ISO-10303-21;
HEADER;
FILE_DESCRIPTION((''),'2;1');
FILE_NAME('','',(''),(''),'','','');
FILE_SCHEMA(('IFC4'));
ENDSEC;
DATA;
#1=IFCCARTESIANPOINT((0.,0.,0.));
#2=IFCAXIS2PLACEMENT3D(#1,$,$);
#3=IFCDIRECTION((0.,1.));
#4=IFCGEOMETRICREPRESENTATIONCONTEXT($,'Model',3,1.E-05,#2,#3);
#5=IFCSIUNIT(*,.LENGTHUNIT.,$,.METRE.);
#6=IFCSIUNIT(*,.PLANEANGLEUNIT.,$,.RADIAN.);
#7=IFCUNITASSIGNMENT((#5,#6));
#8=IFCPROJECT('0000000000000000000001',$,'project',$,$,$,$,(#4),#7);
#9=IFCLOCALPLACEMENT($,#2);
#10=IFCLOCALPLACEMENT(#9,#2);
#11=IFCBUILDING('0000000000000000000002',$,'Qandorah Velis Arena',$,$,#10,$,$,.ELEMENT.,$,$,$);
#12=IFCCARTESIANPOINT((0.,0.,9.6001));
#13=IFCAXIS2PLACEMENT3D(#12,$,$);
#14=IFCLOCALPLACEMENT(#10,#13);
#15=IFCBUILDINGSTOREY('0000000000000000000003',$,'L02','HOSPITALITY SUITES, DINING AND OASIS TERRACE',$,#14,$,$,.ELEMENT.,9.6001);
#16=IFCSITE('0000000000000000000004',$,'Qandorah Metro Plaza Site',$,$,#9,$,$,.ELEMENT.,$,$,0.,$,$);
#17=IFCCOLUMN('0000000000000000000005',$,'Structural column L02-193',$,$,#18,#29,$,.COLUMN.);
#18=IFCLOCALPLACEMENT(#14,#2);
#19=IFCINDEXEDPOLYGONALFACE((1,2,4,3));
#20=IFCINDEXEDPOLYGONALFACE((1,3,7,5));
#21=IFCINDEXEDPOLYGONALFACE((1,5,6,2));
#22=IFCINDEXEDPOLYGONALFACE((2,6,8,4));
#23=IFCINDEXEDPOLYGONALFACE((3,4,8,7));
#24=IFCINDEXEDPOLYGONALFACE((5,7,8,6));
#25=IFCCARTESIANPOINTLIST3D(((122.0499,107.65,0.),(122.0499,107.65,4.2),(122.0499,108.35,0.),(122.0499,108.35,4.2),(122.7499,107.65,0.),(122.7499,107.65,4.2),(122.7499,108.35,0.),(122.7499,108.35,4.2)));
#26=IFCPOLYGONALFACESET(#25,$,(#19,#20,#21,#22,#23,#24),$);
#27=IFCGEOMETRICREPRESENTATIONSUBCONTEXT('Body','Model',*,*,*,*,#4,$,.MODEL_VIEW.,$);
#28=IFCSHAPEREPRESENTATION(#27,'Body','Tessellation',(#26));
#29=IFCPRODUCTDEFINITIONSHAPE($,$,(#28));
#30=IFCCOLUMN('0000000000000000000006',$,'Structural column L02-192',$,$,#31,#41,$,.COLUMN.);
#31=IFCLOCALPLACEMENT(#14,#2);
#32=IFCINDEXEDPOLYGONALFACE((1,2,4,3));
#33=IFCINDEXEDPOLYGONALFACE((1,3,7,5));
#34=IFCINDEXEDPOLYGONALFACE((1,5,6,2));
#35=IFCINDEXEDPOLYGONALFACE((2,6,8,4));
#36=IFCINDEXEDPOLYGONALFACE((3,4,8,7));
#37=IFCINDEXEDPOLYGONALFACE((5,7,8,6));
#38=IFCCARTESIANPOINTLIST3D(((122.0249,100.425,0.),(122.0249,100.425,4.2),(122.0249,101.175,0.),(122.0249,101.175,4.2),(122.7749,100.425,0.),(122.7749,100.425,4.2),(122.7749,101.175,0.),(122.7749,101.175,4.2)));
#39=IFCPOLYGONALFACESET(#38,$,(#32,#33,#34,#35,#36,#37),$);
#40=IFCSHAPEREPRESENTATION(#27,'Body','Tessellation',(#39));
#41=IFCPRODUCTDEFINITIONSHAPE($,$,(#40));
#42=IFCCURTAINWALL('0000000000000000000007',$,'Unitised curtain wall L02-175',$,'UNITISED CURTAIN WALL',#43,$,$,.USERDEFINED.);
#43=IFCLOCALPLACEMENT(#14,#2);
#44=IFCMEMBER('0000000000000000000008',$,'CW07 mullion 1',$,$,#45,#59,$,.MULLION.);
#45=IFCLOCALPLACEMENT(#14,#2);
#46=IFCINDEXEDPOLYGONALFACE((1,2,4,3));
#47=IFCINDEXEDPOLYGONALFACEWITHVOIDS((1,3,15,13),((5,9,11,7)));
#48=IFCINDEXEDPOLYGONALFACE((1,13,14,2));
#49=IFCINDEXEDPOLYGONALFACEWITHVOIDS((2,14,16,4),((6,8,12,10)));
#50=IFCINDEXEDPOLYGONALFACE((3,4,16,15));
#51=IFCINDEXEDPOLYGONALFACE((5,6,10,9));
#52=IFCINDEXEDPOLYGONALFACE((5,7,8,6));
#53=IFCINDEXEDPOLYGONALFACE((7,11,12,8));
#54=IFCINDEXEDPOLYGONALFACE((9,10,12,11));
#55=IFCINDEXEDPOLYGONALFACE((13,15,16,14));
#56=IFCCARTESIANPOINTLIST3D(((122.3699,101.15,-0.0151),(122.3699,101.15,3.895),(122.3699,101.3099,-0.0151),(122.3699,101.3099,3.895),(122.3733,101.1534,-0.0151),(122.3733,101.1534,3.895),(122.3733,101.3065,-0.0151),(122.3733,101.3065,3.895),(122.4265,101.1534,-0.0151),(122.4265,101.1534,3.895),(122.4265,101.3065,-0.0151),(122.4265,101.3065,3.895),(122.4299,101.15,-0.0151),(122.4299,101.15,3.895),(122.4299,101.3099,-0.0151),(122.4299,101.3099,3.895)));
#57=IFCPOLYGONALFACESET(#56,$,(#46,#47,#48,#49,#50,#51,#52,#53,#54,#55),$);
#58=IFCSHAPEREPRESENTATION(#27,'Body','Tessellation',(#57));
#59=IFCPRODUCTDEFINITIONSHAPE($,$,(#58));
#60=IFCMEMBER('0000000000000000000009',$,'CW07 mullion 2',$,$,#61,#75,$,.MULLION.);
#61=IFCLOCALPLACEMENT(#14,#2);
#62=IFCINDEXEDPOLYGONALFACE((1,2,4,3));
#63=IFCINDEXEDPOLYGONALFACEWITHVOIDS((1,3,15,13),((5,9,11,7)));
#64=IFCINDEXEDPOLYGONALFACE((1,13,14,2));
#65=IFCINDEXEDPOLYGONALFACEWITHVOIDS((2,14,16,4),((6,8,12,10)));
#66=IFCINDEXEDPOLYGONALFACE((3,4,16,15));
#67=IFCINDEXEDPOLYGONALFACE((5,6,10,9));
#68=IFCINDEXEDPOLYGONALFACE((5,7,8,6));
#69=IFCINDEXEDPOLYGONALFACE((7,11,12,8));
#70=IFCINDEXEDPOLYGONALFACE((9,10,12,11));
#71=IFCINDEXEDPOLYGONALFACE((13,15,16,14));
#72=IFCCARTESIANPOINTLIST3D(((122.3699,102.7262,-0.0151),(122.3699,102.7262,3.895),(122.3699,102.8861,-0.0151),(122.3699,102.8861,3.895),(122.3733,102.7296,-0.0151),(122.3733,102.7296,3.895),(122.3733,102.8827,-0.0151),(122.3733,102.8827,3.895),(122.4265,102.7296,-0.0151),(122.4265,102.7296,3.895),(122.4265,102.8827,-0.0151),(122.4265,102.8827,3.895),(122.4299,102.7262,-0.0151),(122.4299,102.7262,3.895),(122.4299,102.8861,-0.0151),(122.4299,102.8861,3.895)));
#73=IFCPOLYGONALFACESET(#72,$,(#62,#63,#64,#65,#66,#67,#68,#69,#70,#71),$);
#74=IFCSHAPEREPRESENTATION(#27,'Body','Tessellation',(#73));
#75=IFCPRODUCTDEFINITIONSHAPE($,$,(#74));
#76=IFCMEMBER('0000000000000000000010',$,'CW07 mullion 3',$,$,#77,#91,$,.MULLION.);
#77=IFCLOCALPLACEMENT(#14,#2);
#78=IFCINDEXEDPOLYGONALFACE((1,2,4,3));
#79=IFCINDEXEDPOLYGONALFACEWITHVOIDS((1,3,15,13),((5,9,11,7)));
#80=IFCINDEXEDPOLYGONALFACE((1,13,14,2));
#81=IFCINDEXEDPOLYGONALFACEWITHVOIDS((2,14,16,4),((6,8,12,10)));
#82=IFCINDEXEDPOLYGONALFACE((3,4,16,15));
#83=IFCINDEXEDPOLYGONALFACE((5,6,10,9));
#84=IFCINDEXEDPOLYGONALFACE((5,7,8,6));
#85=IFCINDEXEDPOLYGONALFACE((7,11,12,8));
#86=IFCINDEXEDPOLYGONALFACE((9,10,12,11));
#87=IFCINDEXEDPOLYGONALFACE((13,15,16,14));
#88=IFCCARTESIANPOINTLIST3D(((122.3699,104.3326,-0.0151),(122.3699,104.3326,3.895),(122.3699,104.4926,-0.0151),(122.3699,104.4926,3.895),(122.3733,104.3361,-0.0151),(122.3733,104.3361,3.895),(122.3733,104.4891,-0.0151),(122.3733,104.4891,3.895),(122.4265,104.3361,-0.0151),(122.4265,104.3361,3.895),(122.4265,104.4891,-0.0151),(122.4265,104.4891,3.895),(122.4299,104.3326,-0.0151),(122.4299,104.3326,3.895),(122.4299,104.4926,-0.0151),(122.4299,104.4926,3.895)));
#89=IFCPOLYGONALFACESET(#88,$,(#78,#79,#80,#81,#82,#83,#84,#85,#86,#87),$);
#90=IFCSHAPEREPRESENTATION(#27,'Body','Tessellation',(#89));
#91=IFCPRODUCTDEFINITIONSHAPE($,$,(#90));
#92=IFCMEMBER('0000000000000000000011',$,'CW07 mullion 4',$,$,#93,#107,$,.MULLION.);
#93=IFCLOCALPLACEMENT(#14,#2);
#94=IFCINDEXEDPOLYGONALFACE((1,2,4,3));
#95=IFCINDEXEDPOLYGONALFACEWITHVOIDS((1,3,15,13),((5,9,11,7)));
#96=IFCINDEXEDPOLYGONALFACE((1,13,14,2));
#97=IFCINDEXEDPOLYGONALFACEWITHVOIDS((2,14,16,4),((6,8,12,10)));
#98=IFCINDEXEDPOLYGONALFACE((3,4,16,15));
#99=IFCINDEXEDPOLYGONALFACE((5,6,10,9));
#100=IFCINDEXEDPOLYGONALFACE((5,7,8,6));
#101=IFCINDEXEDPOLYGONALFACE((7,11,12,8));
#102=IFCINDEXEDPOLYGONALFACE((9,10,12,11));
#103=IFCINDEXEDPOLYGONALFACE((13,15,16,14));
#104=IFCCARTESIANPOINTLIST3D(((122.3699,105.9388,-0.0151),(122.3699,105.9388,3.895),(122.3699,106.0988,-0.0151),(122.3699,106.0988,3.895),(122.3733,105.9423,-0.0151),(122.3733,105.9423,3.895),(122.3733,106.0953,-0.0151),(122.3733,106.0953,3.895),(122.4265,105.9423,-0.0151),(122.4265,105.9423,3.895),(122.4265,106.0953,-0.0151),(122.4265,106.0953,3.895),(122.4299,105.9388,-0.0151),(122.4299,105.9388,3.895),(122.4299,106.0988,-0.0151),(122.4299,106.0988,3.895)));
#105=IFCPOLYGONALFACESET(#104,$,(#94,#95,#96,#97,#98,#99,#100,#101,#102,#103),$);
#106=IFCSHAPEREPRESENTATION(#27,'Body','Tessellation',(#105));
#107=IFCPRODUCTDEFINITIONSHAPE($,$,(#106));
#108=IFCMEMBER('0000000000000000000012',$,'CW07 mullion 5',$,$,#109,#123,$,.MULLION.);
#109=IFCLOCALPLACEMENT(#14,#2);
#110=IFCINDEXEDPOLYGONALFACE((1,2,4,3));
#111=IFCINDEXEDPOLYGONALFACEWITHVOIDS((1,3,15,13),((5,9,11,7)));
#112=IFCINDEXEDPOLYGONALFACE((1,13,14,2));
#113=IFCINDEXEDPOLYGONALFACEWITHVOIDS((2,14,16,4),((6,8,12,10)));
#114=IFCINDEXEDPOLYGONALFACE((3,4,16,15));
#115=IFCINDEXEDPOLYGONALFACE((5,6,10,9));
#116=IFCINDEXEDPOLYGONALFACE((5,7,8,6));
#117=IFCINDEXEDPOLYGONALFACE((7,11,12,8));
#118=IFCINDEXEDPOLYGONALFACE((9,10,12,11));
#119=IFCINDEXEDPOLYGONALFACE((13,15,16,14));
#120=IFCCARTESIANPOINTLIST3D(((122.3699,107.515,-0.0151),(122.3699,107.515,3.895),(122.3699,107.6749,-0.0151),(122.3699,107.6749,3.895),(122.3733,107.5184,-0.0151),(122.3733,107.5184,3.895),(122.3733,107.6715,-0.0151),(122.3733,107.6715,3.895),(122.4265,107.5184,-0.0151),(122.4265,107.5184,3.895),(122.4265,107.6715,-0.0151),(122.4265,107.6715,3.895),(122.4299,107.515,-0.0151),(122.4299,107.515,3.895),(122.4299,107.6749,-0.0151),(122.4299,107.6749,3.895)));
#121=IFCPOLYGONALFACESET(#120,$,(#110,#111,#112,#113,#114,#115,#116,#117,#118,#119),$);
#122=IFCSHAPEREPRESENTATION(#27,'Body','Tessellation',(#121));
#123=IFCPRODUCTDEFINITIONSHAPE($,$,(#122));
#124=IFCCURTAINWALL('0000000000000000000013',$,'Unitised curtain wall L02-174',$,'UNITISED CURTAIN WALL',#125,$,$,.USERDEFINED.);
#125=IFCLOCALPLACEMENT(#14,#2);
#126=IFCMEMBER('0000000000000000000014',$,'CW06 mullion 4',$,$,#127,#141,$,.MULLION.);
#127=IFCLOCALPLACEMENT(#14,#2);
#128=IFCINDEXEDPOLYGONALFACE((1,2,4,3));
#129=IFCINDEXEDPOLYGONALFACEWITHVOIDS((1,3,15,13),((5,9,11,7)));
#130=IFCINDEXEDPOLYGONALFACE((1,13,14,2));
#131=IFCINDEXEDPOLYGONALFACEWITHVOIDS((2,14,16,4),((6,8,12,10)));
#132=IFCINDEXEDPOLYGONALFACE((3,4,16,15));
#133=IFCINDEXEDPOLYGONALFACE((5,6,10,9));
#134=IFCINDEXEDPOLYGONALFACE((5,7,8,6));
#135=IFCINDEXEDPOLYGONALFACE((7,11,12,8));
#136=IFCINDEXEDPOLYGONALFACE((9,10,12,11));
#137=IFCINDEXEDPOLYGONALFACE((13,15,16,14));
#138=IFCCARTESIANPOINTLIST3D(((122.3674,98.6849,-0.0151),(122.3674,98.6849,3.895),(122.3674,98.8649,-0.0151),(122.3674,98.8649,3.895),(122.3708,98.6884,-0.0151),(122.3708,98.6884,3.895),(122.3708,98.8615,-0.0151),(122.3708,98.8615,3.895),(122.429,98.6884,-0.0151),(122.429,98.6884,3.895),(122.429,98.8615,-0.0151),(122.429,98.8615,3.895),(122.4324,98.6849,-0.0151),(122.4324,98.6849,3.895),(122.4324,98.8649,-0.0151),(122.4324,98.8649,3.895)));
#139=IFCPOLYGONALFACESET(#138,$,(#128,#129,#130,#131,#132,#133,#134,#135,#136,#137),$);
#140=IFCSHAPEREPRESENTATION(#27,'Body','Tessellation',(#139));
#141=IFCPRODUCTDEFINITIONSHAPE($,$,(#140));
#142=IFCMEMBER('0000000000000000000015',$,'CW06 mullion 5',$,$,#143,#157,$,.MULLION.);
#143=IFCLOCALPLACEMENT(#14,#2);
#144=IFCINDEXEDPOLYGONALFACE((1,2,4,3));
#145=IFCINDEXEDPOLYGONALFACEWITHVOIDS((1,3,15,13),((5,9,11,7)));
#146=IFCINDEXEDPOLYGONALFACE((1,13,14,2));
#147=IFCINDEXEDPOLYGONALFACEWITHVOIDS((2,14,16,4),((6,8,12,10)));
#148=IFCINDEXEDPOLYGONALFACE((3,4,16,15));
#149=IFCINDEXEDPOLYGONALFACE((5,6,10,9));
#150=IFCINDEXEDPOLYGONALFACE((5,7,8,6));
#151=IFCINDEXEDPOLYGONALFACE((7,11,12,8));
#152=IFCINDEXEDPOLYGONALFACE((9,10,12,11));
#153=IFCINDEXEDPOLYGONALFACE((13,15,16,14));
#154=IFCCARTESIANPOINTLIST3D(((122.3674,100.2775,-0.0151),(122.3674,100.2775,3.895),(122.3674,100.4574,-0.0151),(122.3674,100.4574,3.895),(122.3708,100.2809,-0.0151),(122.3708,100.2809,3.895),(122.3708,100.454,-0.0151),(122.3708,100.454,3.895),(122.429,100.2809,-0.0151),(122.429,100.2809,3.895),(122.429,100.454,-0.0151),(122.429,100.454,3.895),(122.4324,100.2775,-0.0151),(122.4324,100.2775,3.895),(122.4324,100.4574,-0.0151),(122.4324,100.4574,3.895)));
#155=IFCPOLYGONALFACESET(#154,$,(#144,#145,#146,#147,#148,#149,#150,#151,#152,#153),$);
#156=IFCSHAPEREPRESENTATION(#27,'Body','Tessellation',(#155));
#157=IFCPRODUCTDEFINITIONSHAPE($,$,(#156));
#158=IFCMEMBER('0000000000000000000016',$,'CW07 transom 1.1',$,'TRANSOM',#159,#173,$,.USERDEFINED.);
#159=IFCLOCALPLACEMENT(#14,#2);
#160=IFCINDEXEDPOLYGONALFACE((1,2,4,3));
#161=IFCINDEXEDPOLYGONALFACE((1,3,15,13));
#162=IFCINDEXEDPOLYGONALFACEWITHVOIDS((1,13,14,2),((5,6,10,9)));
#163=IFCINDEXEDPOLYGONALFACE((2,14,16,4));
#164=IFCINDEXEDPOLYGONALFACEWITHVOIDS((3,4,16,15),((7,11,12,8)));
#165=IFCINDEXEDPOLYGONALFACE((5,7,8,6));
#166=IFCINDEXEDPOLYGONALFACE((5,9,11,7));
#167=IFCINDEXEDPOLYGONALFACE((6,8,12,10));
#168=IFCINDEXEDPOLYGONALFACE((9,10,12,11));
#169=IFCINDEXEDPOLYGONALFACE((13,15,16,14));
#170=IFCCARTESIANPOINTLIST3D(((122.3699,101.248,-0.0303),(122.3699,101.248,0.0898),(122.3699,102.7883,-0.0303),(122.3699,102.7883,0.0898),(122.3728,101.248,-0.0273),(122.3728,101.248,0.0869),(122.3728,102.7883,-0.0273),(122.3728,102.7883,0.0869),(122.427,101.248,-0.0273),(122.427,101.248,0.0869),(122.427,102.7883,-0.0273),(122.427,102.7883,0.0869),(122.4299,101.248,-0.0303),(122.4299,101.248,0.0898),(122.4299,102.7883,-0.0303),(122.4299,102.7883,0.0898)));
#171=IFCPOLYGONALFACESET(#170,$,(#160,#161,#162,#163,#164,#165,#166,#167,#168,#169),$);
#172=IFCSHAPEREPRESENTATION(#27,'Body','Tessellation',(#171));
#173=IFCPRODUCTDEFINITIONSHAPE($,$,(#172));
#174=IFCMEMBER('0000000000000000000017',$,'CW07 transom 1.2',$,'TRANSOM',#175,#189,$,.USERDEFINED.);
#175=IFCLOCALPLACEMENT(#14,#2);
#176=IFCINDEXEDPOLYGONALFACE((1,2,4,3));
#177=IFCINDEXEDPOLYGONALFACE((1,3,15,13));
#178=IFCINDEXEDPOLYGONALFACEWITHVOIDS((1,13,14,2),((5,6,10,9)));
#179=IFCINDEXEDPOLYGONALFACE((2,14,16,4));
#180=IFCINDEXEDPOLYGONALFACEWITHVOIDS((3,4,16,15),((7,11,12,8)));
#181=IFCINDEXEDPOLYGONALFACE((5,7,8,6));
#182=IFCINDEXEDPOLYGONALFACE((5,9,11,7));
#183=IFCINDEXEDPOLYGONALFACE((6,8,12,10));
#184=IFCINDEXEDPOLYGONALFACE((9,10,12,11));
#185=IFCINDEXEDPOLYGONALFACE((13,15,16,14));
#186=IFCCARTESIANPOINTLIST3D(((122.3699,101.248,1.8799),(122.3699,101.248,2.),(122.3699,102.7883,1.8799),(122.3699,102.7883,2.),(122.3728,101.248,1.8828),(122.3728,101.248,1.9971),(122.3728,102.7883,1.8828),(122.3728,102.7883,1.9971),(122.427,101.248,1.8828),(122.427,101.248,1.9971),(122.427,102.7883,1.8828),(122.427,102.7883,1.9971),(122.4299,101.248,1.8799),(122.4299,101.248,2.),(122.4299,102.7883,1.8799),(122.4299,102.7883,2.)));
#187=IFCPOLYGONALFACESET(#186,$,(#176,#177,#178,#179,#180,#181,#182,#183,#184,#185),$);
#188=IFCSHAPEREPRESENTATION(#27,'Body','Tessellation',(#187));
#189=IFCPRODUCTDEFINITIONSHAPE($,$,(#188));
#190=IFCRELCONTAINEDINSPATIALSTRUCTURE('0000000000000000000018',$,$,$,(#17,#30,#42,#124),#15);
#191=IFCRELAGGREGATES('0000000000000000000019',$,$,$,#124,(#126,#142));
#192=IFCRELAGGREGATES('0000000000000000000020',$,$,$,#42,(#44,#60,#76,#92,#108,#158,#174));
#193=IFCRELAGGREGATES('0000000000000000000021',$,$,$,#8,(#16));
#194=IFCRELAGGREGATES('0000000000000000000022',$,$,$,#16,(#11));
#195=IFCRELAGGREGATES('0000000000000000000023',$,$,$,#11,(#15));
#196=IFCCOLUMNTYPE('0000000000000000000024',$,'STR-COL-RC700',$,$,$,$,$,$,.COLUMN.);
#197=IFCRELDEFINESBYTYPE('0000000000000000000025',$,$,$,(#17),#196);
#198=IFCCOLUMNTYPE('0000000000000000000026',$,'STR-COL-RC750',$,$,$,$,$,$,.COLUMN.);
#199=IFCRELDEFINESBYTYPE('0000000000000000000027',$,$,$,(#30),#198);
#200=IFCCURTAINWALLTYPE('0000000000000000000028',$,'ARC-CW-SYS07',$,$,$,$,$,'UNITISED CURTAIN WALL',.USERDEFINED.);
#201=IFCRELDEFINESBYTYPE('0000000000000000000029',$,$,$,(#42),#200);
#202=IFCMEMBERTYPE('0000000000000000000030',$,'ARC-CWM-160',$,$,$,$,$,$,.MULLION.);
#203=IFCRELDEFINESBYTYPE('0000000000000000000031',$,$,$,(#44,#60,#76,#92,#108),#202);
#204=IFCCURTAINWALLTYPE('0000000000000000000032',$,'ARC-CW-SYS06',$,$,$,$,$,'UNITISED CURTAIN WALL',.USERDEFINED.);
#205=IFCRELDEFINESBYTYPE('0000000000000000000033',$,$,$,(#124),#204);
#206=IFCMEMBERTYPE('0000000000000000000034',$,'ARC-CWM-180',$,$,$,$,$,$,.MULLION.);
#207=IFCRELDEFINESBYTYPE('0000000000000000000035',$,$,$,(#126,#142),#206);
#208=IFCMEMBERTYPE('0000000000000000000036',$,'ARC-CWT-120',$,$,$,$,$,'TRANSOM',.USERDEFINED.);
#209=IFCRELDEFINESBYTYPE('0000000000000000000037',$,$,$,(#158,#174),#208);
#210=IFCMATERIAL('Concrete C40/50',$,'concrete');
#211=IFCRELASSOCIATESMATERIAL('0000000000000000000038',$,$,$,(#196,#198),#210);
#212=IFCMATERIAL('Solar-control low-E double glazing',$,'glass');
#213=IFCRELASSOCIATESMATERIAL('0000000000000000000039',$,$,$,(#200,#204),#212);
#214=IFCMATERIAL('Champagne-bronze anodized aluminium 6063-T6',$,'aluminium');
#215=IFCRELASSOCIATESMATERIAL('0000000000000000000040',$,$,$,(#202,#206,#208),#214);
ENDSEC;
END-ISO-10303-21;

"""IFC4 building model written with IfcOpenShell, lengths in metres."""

from ifc_helpers import new_model, si_unit, direction, frame, origin, origin_2d, place, context, subcontext, project, spatial, rectangle, hollow_rectangle, extrude, material, material_profile, profile_set, type_object, element, aggregate, save


model = new_model("IFC4")

# Units and contexts
model_context = context("Model", 3, precision=1e-05, world=origin(), true_north=direction((0.0, 1.0)))
body_context = subcontext(model_context, "Body", "Model", "MODEL_VIEW")
ifc_project = project(units=[si_unit("LENGTHUNIT", "METRE"), si_unit("PLANEANGLEUNIT", "RADIAN")], contexts=[model_context])

# Site, building, storey
site_placement = place(None, origin())
site = spatial("IfcSite", under=ifc_project, at=site_placement, Name="Qandorah Metro Plaza Site", CompositionType="ELEMENT", RefElevation=0.0)
building_placement = place(site_placement, origin())
building = spatial("IfcBuilding", under=site, at=building_placement, Name="Qandorah Velis Arena", CompositionType="ELEMENT")
storey_placement = place(building_placement, frame((0.0, 0.0, 9.6001)))
storey = spatial("IfcBuildingStorey", under=building, at=storey_placement, Name="L02", Description="HOSPITALITY SUITES, DINING AND OASIS TERRACE", CompositionType="ELEMENT", Elevation=9.6001)

# Columns
ifc_material_1 = material(Name="Concrete C40/50", Category="concrete")
ifc_material_profile_1 = material_profile(ifc_material_1, rectangle(XDim=0.7, YDim=0.7, at=origin_2d()), Name="RC COL 700x700")
ifc_profile_set_1 = profile_set([ifc_material_profile_1], Name="Concrete C40/50")
column_type_1 = type_object("IfcColumnType", Name="STR-COL-RC700", PredefinedType="COLUMN", material=ifc_profile_set_1)
column_1_placement = place(storey_placement, frame((122.3999, 108.0, 0.0), z_axis=(0.0, 0.0, 1.0), x_axis=(1.0, 0.0, 0.0)))
element("IfcColumn", 1, at=column_1_placement, inside=storey, type_object=column_type_1, Name="Structural column L02-193", PredefinedType="COLUMN", context=body_context, shape_type="SweptSolid", body=[
    extrude(rectangle(XDim=0.7, YDim=0.7, at=origin_2d()), origin(), (0.0, 0.0, 1.0), 4.2),
])
ifc_material_profile_2 = material_profile(ifc_material_1, rectangle(XDim=0.75, YDim=0.75, at=origin_2d()), Name="RC COL 750x750")
ifc_profile_set_2 = profile_set([ifc_material_profile_2], Name="Concrete C40/50")
column_type_2 = type_object("IfcColumnType", Name="STR-COL-RC750", PredefinedType="COLUMN", material=ifc_profile_set_2)
column_2_placement = place(storey_placement, frame((122.3999, 100.8, 0.0), z_axis=(0.0, 0.0, 1.0), x_axis=(1.0, 0.0, 0.0)))
element("IfcColumn", 2, at=column_2_placement, inside=storey, type_object=column_type_2, Name="Structural column L02-192", PredefinedType="COLUMN", context=body_context, shape_type="SweptSolid", body=[
    extrude(rectangle(XDim=0.75, YDim=0.75, at=origin_2d()), origin(), (0.0, 0.0, 1.0), 4.2),
])

# Curtain walls, members
ifc_material_2 = material(Name="Solar-control low-E double glazing", Category="glass")
curtain_wall_type_1 = type_object("IfcCurtainWallType", Name="ARC-CW-SYS07", ElementType="UNITISED CURTAIN WALL", PredefinedType="USERDEFINED", material=ifc_material_2)
curtain_wall_1_placement = place(storey_placement, origin())
curtain_wall_1 = element("IfcCurtainWall", 3, at=curtain_wall_1_placement, inside=storey, type_object=curtain_wall_type_1, Name="Unitised curtain wall L02-175", ObjectType="UNITISED CURTAIN WALL", PredefinedType="USERDEFINED")
ifc_material_3 = material(Name="Champagne-bronze anodized aluminium 6063-T6", Category="aluminium")
ifc_material_profile_3 = material_profile(ifc_material_3, hollow_rectangle(XDim=0.0601, YDim=0.1599, WallThickness=0.0034, at=origin_2d()), Name="ALU MULLION 60x160")
ifc_profile_set_3 = profile_set([ifc_material_profile_3], Name="Champagne-bronze anodized aluminium 6063-T6")
member_type_1 = type_object("IfcMemberType", Name="ARC-CWM-160", PredefinedType="MULLION", material=ifc_profile_set_3)
member_1_placement = place(storey_placement, frame((122.3999, 101.23, -0.0151), z_axis=(0.0, 0.0, 1.0), x_axis=(-1.0, 0.0, 0.0)))
member_1 = element("IfcMember", 4, at=member_1_placement, type_object=member_type_1, Name="CW07 mullion 1", PredefinedType="MULLION", context=body_context, shape_type="SweptSolid", body=[
    extrude(hollow_rectangle(XDim=0.0601, YDim=0.1599, WallThickness=0.0034, at=origin_2d()), origin(), (0.0, 0.0, 1.0), 3.9102),
])
member_2_placement = place(storey_placement, frame((122.3999, 102.8062, -0.0151), z_axis=(0.0, 0.0, 1.0), x_axis=(-1.0, 0.0, 0.0)))
member_2 = element("IfcMember", 5, at=member_2_placement, type_object=member_type_1, Name="CW07 mullion 2", PredefinedType="MULLION", context=body_context, shape_type="SweptSolid", body=[
    extrude(hollow_rectangle(XDim=0.0601, YDim=0.1599, WallThickness=0.0034, at=origin_2d()), origin(), (0.0, 0.0, 1.0), 3.9102),
])
member_3_placement = place(storey_placement, frame((122.3999, 104.4126, -0.0151), z_axis=(0.0, 0.0, 1.0), x_axis=(-1.0, 0.0, 0.0)))
member_3 = element("IfcMember", 6, at=member_3_placement, type_object=member_type_1, Name="CW07 mullion 3", PredefinedType="MULLION", context=body_context, shape_type="SweptSolid", body=[
    extrude(hollow_rectangle(XDim=0.0601, YDim=0.1599, WallThickness=0.0034, at=origin_2d()), origin(), (0.0, 0.0, 1.0), 3.9102),
])
member_4_placement = place(storey_placement, frame((122.3999, 106.0188, -0.0151), z_axis=(0.0, 0.0, 1.0), x_axis=(-1.0, 0.0, 0.0)))
member_4 = element("IfcMember", 7, at=member_4_placement, type_object=member_type_1, Name="CW07 mullion 4", PredefinedType="MULLION", context=body_context, shape_type="SweptSolid", body=[
    extrude(hollow_rectangle(XDim=0.0601, YDim=0.1599, WallThickness=0.0034, at=origin_2d()), origin(), (0.0, 0.0, 1.0), 3.9102),
])
member_5_placement = place(storey_placement, frame((122.3999, 107.595, -0.0151), z_axis=(0.0, 0.0, 1.0), x_axis=(-1.0, 0.0, 0.0)))
member_5 = element("IfcMember", 8, at=member_5_placement, type_object=member_type_1, Name="CW07 mullion 5", PredefinedType="MULLION", context=body_context, shape_type="SweptSolid", body=[
    extrude(hollow_rectangle(XDim=0.0601, YDim=0.1599, WallThickness=0.0034, at=origin_2d()), origin(), (0.0, 0.0, 1.0), 3.9102),
])
curtain_wall_type_2 = type_object("IfcCurtainWallType", Name="ARC-CW-SYS06", ElementType="UNITISED CURTAIN WALL", PredefinedType="USERDEFINED", material=ifc_material_2)
curtain_wall_2_placement = place(storey_placement, origin())
curtain_wall_2 = element("IfcCurtainWall", 9, at=curtain_wall_2_placement, inside=storey, type_object=curtain_wall_type_2, Name="Unitised curtain wall L02-174", ObjectType="UNITISED CURTAIN WALL", PredefinedType="USERDEFINED")
ifc_material_profile_4 = material_profile(ifc_material_3, hollow_rectangle(XDim=0.0649, YDim=0.1799, WallThickness=0.0034, at=origin_2d()), Name="ALU MULLION 65x180")
ifc_profile_set_4 = profile_set([ifc_material_profile_4], Name="Champagne-bronze anodized aluminium 6063-T6")
member_type_2 = type_object("IfcMemberType", Name="ARC-CWM-180", PredefinedType="MULLION", material=ifc_profile_set_4)
member_6_placement = place(storey_placement, frame((122.3999, 98.7749, -0.0151), z_axis=(0.0, 0.0, 1.0), x_axis=(-1.0, 0.0, 0.0)))
member_6 = element("IfcMember", 10, at=member_6_placement, type_object=member_type_2, Name="CW06 mullion 4", PredefinedType="MULLION", context=body_context, shape_type="SweptSolid", body=[
    extrude(hollow_rectangle(XDim=0.0649, YDim=0.1799, WallThickness=0.0034, at=origin_2d()), origin(), (0.0, 0.0, 1.0), 3.9102),
])
member_7_placement = place(storey_placement, frame((122.3999, 100.3674, -0.0151), z_axis=(0.0, 0.0, 1.0), x_axis=(-1.0, 0.0, 0.0)))
member_7 = element("IfcMember", 11, at=member_7_placement, type_object=member_type_2, Name="CW06 mullion 5", PredefinedType="MULLION", context=body_context, shape_type="SweptSolid", body=[
    extrude(hollow_rectangle(XDim=0.0649, YDim=0.1799, WallThickness=0.0034, at=origin_2d()), origin(), (0.0, 0.0, 1.0), 3.9102),
])

# Members
ifc_material_profile_5 = material_profile(ifc_material_3, hollow_rectangle(XDim=0.0601, YDim=0.1201, WallThickness=0.0029, at=origin_2d()), Name="ALU TRANSOM 60x120")
ifc_profile_set_5 = profile_set([ifc_material_profile_5], Name="Champagne-bronze anodized aluminium 6063-T6")
member_type_3 = type_object("IfcMemberType", Name="ARC-CWT-120", ElementType="TRANSOM", PredefinedType="USERDEFINED", material=ifc_profile_set_5)
member_8_placement = place(storey_placement, frame((122.3999, 101.248, 0.0298), z_axis=(0.0, 1.0, 0.0), x_axis=(-1.0, 0.0, 0.0)))
member_8 = element("IfcMember", 12, at=member_8_placement, type_object=member_type_3, Name="CW07 transom 1.1", ObjectType="TRANSOM", PredefinedType="USERDEFINED", context=body_context, shape_type="SweptSolid", body=[
    extrude(hollow_rectangle(XDim=0.0601, YDim=0.1201, WallThickness=0.0029, at=origin_2d()), origin(), (0.0, 0.0, 1.0), 1.5403),
])
member_9_placement = place(storey_placement, frame((122.3999, 101.248, 1.9399), z_axis=(0.0, 1.0, 0.0), x_axis=(-1.0, 0.0, 0.0)))
member_9 = element("IfcMember", 13, at=member_9_placement, type_object=member_type_3, Name="CW07 transom 1.2", ObjectType="TRANSOM", PredefinedType="USERDEFINED", context=body_context, shape_type="SweptSolid", body=[
    extrude(hollow_rectangle(XDim=0.0601, YDim=0.1201, WallThickness=0.0029, at=origin_2d()), origin(), (0.0, 0.0, 1.0), 1.5403),
])

aggregate(curtain_wall_2, [member_6, member_7])
aggregate(curtain_wall_1, [member_1, member_2, member_3, member_4, member_5, member_8, member_9])

save(model, "model.ifc")
